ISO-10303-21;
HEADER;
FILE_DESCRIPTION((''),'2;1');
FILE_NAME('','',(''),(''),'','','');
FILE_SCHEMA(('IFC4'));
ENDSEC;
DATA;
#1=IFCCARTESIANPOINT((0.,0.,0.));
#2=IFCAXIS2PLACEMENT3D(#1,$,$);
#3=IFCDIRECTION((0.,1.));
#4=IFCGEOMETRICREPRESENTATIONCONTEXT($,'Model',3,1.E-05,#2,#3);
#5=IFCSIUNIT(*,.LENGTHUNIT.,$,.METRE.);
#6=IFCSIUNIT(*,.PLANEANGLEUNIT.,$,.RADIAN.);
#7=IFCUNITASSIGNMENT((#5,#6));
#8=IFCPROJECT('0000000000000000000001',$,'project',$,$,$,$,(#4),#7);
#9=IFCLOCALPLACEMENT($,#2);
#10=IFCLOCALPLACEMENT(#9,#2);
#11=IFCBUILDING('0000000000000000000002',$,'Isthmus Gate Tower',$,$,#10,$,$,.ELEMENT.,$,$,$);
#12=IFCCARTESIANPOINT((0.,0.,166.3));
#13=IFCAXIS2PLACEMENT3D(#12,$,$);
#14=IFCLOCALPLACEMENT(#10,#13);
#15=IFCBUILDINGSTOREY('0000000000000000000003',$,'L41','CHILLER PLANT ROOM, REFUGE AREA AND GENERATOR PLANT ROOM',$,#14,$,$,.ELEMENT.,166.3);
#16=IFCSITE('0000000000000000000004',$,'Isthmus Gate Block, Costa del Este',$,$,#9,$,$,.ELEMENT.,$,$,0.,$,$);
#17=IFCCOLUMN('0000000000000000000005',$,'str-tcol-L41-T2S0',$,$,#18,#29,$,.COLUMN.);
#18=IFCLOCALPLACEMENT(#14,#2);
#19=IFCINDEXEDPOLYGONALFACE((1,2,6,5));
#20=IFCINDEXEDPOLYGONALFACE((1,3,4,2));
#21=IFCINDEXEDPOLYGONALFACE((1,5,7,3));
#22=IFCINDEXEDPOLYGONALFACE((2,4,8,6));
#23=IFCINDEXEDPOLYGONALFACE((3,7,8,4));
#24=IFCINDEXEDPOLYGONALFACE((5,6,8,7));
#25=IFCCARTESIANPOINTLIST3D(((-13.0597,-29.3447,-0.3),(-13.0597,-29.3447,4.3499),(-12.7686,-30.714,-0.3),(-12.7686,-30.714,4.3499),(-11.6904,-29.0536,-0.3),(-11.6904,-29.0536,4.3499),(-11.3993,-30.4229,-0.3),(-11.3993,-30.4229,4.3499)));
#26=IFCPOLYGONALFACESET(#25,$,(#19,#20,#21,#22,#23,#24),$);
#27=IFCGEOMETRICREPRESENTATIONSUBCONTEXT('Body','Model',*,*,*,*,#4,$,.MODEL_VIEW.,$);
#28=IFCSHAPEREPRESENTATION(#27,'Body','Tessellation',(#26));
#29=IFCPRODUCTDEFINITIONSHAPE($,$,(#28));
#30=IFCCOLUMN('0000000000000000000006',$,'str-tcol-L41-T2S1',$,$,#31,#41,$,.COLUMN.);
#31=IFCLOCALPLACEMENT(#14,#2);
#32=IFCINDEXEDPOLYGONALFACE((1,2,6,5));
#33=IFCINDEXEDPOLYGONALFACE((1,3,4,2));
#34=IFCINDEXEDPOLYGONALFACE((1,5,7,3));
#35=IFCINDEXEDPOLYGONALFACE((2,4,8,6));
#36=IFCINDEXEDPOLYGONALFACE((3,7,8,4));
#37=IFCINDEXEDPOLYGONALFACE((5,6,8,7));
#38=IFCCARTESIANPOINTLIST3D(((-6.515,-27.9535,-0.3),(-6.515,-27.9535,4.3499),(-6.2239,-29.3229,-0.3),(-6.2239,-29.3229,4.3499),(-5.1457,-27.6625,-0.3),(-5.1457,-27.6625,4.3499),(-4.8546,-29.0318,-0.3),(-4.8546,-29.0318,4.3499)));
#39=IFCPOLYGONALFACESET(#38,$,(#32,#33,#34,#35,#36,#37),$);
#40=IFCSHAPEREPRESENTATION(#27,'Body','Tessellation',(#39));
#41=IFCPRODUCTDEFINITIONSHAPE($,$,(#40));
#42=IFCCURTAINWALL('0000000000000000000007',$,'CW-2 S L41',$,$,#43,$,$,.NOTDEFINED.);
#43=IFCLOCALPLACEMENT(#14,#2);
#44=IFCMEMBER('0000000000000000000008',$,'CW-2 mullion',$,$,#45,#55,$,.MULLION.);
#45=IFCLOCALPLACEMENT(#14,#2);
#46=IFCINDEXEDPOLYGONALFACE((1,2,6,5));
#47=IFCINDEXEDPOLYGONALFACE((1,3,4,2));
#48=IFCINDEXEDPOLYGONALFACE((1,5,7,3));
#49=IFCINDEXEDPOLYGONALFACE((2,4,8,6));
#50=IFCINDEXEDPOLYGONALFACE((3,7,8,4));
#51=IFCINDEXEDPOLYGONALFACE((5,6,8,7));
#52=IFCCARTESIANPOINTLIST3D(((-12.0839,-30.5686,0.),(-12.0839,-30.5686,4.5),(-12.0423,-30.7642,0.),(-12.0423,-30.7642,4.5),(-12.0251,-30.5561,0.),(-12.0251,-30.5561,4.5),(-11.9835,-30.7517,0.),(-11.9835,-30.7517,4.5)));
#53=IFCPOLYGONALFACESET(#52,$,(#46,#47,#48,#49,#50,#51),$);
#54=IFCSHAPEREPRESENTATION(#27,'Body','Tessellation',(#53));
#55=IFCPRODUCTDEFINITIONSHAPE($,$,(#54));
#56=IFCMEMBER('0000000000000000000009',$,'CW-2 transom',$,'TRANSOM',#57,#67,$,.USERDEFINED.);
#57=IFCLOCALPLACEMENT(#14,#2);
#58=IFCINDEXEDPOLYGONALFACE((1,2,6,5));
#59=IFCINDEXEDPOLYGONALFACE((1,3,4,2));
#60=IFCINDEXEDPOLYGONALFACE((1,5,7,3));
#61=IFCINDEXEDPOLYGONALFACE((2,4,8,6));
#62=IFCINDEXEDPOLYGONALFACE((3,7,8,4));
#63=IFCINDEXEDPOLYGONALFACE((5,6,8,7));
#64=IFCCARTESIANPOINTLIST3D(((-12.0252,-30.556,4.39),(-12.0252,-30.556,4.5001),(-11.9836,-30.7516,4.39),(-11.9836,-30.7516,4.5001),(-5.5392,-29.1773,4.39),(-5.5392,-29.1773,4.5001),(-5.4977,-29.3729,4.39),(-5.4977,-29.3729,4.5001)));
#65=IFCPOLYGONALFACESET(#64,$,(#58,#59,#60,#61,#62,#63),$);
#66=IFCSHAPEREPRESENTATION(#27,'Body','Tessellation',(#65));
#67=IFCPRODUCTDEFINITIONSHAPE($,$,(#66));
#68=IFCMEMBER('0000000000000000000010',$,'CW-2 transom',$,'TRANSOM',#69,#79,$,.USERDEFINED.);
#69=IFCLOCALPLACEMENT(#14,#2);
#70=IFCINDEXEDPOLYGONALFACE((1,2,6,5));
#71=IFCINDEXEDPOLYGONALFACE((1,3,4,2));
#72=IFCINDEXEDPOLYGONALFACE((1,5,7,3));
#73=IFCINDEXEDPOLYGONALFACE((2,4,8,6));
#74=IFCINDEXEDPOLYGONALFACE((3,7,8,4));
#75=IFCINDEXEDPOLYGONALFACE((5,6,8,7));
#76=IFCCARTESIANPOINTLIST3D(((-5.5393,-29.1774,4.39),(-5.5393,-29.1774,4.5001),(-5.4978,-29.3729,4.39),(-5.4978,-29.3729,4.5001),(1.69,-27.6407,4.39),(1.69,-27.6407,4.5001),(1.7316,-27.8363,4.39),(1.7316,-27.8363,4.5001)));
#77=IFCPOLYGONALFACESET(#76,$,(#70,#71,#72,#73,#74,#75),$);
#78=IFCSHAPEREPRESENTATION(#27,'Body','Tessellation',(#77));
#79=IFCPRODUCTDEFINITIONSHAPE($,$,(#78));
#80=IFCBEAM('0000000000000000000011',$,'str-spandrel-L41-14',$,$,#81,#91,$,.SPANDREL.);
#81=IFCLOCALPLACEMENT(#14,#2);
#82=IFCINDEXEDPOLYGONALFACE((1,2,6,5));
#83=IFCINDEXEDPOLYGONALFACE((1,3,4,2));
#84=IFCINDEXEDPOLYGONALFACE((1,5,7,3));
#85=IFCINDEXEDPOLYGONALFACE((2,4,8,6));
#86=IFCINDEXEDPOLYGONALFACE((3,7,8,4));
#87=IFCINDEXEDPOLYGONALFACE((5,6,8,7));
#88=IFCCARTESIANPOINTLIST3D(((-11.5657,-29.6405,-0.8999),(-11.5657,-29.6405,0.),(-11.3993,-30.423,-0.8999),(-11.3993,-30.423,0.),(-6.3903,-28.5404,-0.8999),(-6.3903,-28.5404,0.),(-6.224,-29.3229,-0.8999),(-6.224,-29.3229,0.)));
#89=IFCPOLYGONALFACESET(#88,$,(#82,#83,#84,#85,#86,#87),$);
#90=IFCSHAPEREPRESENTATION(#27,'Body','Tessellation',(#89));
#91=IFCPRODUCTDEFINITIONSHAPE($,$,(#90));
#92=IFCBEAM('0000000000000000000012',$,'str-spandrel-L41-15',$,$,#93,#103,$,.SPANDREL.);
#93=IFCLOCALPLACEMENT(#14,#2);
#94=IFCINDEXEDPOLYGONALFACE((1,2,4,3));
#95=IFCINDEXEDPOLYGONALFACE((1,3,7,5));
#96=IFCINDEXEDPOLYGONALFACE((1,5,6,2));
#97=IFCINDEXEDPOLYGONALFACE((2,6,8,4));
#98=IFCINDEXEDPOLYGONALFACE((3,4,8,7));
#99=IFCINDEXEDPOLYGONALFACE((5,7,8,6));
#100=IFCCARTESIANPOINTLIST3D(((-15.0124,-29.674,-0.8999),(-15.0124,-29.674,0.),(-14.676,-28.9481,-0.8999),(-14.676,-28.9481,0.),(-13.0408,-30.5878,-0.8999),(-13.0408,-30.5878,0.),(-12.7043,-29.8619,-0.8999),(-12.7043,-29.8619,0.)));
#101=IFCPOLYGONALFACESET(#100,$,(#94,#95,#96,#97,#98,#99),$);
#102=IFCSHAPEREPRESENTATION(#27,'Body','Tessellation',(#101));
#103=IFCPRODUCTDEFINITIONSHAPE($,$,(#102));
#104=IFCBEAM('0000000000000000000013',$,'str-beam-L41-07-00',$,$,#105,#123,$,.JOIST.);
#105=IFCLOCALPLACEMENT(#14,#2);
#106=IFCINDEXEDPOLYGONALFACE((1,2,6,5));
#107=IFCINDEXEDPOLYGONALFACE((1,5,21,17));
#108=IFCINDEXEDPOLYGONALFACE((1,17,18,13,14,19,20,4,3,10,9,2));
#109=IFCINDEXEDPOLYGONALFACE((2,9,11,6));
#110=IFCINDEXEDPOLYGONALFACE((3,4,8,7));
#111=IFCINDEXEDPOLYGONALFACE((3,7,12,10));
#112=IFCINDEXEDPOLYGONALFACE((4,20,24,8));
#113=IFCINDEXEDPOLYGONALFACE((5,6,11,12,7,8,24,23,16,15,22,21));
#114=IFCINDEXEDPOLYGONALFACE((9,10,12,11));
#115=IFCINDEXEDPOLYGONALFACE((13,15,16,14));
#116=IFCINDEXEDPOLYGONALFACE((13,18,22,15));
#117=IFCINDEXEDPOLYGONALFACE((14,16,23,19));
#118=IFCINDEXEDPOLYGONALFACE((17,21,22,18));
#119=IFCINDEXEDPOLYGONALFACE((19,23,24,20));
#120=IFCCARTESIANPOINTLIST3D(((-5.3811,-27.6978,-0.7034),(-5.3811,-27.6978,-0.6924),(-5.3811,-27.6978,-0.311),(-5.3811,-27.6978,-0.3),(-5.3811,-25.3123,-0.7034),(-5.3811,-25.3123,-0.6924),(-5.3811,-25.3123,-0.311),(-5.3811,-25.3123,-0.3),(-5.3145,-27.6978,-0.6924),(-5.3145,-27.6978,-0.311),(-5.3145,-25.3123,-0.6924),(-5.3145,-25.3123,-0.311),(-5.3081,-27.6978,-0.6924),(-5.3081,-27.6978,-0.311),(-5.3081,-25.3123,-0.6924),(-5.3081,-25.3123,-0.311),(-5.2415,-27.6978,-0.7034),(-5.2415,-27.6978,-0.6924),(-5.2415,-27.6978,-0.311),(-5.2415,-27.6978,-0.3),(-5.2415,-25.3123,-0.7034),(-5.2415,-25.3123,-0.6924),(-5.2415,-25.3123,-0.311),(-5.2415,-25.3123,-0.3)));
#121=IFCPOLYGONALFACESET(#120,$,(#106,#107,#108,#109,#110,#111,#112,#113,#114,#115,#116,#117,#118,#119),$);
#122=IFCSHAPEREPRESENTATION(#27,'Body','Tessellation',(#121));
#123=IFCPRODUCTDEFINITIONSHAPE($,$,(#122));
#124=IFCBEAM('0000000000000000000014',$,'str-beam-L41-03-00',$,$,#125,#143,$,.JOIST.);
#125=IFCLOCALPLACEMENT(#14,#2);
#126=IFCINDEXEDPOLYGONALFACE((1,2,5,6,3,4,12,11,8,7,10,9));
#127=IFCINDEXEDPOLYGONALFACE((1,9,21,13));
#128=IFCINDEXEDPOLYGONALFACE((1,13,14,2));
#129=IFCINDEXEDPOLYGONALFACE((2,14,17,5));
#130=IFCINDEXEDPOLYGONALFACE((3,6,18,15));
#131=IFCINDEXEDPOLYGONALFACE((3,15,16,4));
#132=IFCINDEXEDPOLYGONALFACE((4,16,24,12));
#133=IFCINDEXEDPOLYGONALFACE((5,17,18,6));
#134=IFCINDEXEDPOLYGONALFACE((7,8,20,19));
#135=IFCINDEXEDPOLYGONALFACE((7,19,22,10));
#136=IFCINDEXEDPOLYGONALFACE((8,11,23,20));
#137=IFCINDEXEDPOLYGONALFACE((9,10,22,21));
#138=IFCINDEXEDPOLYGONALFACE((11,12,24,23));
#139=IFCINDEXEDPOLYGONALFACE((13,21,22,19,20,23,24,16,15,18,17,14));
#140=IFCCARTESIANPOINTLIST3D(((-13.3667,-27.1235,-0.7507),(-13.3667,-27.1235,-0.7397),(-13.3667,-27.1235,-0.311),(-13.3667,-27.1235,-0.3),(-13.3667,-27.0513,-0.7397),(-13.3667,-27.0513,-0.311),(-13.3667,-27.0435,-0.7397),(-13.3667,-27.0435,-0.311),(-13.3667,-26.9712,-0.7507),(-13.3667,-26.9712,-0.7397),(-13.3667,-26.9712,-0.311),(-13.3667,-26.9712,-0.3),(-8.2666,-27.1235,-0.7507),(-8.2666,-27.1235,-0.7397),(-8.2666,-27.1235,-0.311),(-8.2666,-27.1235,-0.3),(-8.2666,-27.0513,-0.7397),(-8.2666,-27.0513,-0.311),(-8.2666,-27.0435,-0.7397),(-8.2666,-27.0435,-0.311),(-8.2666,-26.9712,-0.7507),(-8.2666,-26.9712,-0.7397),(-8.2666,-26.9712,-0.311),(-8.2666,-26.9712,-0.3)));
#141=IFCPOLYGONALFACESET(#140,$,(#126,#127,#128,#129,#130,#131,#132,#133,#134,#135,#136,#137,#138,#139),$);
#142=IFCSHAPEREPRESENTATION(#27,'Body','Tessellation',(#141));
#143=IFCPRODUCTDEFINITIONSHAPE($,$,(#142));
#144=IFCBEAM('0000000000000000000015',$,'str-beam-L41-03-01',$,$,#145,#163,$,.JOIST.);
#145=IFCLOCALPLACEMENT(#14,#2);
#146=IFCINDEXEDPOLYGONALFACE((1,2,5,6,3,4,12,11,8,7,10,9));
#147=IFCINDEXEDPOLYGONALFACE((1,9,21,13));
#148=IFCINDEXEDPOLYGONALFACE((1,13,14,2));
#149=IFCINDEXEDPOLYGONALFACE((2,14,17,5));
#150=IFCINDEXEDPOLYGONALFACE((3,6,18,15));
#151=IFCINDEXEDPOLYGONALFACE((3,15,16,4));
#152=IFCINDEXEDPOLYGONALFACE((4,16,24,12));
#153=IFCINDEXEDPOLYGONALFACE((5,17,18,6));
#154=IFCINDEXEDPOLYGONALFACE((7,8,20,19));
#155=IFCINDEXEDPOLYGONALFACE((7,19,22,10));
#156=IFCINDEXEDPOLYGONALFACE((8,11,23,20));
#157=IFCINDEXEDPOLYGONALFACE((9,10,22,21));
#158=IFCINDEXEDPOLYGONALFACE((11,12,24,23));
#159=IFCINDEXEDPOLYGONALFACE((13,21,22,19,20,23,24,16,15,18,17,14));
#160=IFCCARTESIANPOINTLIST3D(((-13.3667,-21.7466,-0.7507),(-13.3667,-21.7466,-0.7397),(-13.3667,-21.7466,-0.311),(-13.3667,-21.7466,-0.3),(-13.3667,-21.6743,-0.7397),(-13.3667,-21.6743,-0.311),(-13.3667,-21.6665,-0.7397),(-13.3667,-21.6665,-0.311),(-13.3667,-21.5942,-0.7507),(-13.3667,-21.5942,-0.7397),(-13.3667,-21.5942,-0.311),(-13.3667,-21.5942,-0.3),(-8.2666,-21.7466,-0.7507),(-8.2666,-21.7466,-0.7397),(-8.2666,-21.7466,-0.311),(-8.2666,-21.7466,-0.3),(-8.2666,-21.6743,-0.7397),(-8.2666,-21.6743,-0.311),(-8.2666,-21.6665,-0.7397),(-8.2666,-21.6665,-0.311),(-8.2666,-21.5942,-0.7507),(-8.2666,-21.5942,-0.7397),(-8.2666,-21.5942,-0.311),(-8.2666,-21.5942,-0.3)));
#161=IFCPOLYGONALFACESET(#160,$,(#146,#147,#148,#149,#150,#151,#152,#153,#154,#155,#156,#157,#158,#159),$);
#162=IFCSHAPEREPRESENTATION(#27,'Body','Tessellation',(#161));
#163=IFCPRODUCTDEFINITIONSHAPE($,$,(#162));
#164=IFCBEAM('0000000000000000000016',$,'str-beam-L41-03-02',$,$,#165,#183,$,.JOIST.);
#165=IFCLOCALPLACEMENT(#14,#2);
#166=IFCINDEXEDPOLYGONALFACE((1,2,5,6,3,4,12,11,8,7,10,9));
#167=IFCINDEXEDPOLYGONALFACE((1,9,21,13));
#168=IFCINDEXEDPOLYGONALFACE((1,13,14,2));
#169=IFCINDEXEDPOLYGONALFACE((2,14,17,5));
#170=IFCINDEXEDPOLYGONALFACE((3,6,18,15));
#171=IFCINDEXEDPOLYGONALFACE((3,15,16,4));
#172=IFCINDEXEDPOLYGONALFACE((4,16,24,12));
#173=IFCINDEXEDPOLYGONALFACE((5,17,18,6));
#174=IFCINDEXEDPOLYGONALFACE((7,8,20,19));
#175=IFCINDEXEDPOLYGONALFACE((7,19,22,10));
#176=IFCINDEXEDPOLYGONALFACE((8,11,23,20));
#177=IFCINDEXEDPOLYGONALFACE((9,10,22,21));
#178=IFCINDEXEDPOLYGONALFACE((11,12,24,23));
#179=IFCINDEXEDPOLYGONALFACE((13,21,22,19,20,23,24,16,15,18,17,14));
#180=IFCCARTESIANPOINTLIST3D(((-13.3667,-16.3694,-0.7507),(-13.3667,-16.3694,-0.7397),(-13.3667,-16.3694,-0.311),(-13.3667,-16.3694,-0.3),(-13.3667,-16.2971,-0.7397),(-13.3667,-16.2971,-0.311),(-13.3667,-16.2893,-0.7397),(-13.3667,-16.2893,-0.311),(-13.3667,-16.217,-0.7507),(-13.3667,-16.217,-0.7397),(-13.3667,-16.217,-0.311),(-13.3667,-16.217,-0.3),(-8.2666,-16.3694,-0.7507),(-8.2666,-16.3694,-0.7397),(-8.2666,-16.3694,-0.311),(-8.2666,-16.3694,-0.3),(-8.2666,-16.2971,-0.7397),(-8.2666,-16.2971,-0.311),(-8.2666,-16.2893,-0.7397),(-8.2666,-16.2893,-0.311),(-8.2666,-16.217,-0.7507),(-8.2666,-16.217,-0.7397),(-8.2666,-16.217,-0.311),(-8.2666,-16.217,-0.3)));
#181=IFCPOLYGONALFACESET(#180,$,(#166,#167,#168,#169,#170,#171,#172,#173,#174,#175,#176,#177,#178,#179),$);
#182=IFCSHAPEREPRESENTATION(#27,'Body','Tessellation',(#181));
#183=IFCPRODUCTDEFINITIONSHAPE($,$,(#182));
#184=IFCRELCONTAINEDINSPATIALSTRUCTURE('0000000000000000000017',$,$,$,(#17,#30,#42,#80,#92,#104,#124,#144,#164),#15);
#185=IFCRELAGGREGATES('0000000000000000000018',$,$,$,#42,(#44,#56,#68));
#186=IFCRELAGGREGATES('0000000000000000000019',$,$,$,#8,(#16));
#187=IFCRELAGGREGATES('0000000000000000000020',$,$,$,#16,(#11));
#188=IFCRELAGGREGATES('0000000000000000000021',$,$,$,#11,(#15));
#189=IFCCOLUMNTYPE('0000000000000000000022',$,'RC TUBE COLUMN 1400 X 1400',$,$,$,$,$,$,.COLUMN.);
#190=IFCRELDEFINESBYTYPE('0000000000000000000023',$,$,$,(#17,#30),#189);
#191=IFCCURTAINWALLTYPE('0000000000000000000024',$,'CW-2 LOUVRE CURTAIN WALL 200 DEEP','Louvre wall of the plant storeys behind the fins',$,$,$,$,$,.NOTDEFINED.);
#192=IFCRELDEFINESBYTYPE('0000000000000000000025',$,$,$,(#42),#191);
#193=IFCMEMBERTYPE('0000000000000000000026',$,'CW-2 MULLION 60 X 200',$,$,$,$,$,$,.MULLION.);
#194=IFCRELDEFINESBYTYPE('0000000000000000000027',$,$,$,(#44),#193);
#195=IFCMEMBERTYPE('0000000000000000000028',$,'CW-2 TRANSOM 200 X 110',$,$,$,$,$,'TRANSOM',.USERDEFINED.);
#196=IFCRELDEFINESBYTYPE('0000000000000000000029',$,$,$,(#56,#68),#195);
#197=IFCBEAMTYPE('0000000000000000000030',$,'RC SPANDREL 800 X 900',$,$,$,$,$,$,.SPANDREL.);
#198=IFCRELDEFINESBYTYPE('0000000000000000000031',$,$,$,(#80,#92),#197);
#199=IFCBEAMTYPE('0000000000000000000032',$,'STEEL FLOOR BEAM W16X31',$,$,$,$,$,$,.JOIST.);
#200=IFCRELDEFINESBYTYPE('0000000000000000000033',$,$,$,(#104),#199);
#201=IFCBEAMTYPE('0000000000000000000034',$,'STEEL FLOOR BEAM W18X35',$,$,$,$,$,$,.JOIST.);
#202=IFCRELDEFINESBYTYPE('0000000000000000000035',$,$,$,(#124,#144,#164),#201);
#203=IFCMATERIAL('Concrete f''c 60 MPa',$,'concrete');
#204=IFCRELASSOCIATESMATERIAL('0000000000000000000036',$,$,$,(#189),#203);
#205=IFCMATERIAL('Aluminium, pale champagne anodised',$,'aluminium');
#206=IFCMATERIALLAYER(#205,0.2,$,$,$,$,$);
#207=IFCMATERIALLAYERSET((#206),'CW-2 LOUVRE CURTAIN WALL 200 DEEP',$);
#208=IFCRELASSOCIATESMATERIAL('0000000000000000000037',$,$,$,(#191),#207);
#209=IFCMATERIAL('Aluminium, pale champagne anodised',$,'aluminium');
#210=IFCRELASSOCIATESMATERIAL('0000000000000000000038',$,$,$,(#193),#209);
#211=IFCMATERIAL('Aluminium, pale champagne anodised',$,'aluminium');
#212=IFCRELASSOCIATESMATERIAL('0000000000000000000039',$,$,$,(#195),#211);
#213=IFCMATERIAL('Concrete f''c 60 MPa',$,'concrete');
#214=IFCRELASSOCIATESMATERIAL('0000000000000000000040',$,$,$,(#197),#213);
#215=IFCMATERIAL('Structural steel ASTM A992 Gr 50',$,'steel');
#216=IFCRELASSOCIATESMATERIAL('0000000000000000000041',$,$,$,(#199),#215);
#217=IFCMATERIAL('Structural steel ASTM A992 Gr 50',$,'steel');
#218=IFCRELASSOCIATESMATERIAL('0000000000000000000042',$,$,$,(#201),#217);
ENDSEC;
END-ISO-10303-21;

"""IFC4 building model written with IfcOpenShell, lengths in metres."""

from ifc_helpers import new_model, si_unit, direction, frame, origin, origin_2d, place, context, subcontext, project, spatial, rectangle, i_section, extrude, material, layer, layer_set, material_profile, profile_set, type_object, element, aggregate, save


model = new_model("IFC4")

# Units and contexts
model_context = context("Model", 3, precision=1e-05, world=origin(), true_north=direction((0.0, 1.0)))
body_context = subcontext(model_context, "Body", "Model", "MODEL_VIEW")
ifc_project = project(units=[si_unit("LENGTHUNIT", "METRE"), si_unit("PLANEANGLEUNIT", "RADIAN")], contexts=[model_context])

# Site, building, storey
site_placement = place(None, origin())
site = spatial("IfcSite", under=ifc_project, at=site_placement, Name="Isthmus Gate Block, Costa del Este", CompositionType="ELEMENT", RefElevation=0.0)
building_placement = place(site_placement, origin())
building = spatial("IfcBuilding", under=site, at=building_placement, Name="Isthmus Gate Tower", CompositionType="ELEMENT")
storey_placement = place(building_placement, frame((0.0, 0.0, 166.3)))
storey = spatial("IfcBuildingStorey", under=building, at=storey_placement, Name="L41", Description="CHILLER PLANT ROOM, REFUGE AREA AND GENERATOR PLANT ROOM", CompositionType="ELEMENT", Elevation=166.3)

# Columns
ifc_material_1 = material(Name="Concrete f'c 60 MPa", Category="concrete")
ifc_material_profile_1 = material_profile(ifc_material_1, rectangle(XDim=1.3999, YDim=1.3999, at=origin_2d()), Name="RC 1400X1400")
ifc_profile_set_1 = profile_set([ifc_material_profile_1], Name="Concrete f'c 60 MPa")
column_type = type_object("IfcColumnType", Name="RC TUBE COLUMN 1400 X 1400", PredefinedType="COLUMN", material=ifc_profile_set_1)
for number, where, z_axis, x_axis, name in (
    (1, (-12.2295, -29.8838, -0.3), (0.0, 0.0, 1.0), (0.978148, 0.207912, 0.0), "str-tcol-L41-T2S0"),
    (2, (-5.6848, -28.4927, -0.3), (0.0, 0.0, 1.0), (0.978148, 0.207912, 0.0), "str-tcol-L41-T2S1"),
):
    element("IfcColumn", number, at=place(storey_placement, frame(where, z_axis=z_axis, x_axis=x_axis)), inside=storey, type_object=column_type, Name=name, PredefinedType="COLUMN", context=body_context, shape_type="SweptSolid", body=[
        extrude(rectangle(XDim=1.3999, YDim=1.3999, at=origin_2d()), origin(), (0.0, 0.0, 1.0), 4.6499),
    ])

# Curtain wall, members
ifc_material_2 = material(Name="Aluminium, pale champagne anodised", Category="aluminium")
ifc_layer_1 = layer(ifc_material_2, 0.2)
ifc_layer_set_1 = layer_set([ifc_layer_1], Name="CW-2 LOUVRE CURTAIN WALL 200 DEEP")
curtain_wall_type = type_object("IfcCurtainWallType", Name="CW-2 LOUVRE CURTAIN WALL 200 DEEP", Description="Louvre wall of the plant storeys behind the fins", PredefinedType="NOTDEFINED", material=ifc_layer_set_1)
curtain_wall_1_placement = place(storey_placement, origin())
curtain_wall_1 = element("IfcCurtainWall", 3, at=curtain_wall_1_placement, inside=storey, type_object=curtain_wall_type, Name="CW-2 S L41", PredefinedType="NOTDEFINED")
ifc_material_3 = material(Name="Aluminium, pale champagne anodised", Category="aluminium")
ifc_material_profile_2 = material_profile(ifc_material_3, rectangle(XDim=0.0601, YDim=0.2, at=origin_2d()), Name="60x200")
ifc_profile_set_2 = profile_set([ifc_material_profile_2], Name="Aluminium, pale champagne anodised")
member_type_1 = type_object("IfcMemberType", Name="CW-2 MULLION 60 X 200", PredefinedType="MULLION", material=ifc_profile_set_2)
member_1_placement = place(storey_placement, frame((-12.0337, -30.6602, 0.0), z_axis=(0.0, 0.0, 1.0), x_axis=(0.978148, 0.207912, 0.0)))
member_1 = element("IfcMember", 4, at=member_1_placement, type_object=member_type_1, Name="CW-2 mullion", PredefinedType="MULLION", context=body_context, shape_type="SweptSolid", body=[
    extrude(rectangle(XDim=0.0601, YDim=0.2, at=origin_2d()), origin(), (0.0, 0.0, 1.0), 4.5),
])
ifc_material_4 = material(Name="Aluminium, pale champagne anodised", Category="aluminium")
ifc_material_profile_3 = material_profile(ifc_material_4, rectangle(XDim=0.2, YDim=0.1101, at=origin_2d()), Name="200x110")
ifc_profile_set_3 = profile_set([ifc_material_profile_3], Name="Aluminium, pale champagne anodised")
member_type_2 = type_object("IfcMemberType", Name="CW-2 TRANSOM 200 X 110", ElementType="TRANSOM", PredefinedType="USERDEFINED", material=ifc_profile_set_3)
member_2_placement = place(storey_placement, frame((-12.0044, -30.6538, 4.4451), z_axis=(0.978146, 0.20792, 0.0), x_axis=(-0.20792, 0.978146, 0.0)))
member_2 = element("IfcMember", 5, at=member_2_placement, type_object=member_type_2, Name="CW-2 transom", ObjectType="TRANSOM", PredefinedType="USERDEFINED", context=body_context, shape_type="SweptSolid", body=[
    extrude(rectangle(XDim=0.2, YDim=0.1101, at=origin_2d()), origin(), (0.0, 0.0, 1.0), 6.6309),
])
member_3_placement = place(storey_placement, frame((-5.5186, -29.2751, 4.4451), z_axis=(0.978148, 0.207911, 0.0), x_axis=(-0.207911, 0.978148, 0.0)))
member_3 = element("IfcMember", 6, at=member_3_placement, type_object=member_type_2, Name="CW-2 transom", ObjectType="TRANSOM", PredefinedType="USERDEFINED", context=body_context, shape_type="SweptSolid", body=[
    extrude(rectangle(XDim=0.2, YDim=0.1101, at=origin_2d()), origin(), (0.0, 0.0, 1.0), 7.3909),
])

# Beams
ifc_material_5 = material(Name="Concrete f'c 60 MPa", Category="concrete")
ifc_material_profile_4 = material_profile(ifc_material_5, rectangle(XDim=0.8, YDim=0.8999, at=origin_2d()), Name="RC 800X900")
ifc_profile_set_4 = profile_set([ifc_material_profile_4], Name="Concrete f'c 60 MPa")
beam_type_1 = type_object("IfcBeamType", Name="RC SPANDREL 800 X 900", PredefinedType="SPANDREL", material=ifc_profile_set_4)
beam_1_placement = place(storey_placement, frame((-6.3071, -28.9316, -0.45), z_axis=(-0.978145, -0.207922, 0.0), x_axis=(0.207922, -0.978145, 0.0)))
element("IfcBeam", 7, at=beam_1_placement, inside=storey, type_object=beam_type_1, Name="str-spandrel-L41-14", PredefinedType="SPANDREL", context=body_context, shape_type="SweptSolid", body=[
    extrude(rectangle(XDim=0.8, YDim=0.8999, at=origin_2d()), origin(), (0.0, 0.0, 1.0), 5.291),
])
beam_2_placement = place(storey_placement, frame((-12.8726, -30.2249, -0.45), z_axis=(-0.907291, 0.420504, 0.0), x_axis=(-0.420504, -0.907291, 0.0)))
element("IfcBeam", 8, at=beam_2_placement, inside=storey, type_object=beam_type_1, Name="str-spandrel-L41-15", PredefinedType="SPANDREL", context=body_context, shape_type="SweptSolid", body=[
    extrude(rectangle(XDim=0.8, YDim=0.8999, at=origin_2d()), origin(), (0.0, 0.0, 1.0), 2.1731),
])
ifc_material_6 = material(Name="Structural steel ASTM A992 Gr 50", Category="steel")
ifc_material_profile_5 = material_profile(ifc_material_6, i_section(OverallWidth=0.1396, OverallDepth=0.4033, WebThickness=0.0063, FlangeThickness=0.011, at=origin_2d()), Name="W16X31")
ifc_profile_set_5 = profile_set([ifc_material_profile_5], Name="Structural steel ASTM A992 Gr 50")
beam_type_2 = type_object("IfcBeamType", Name="STEEL FLOOR BEAM W16X31", PredefinedType="JOIST", material=ifc_profile_set_5)
beam_3_placement = place(storey_placement, frame((-5.3113, -27.6978, -0.5017), z_axis=(0.0, 1.0, 0.0), x_axis=(-1.0, 0.0, 0.0)))
element("IfcBeam", 9, at=beam_3_placement, inside=storey, type_object=beam_type_2, Name="str-beam-L41-07-00", PredefinedType="JOIST", context=body_context, shape_type="SweptSolid", body=[
    extrude(i_section(OverallWidth=0.1396, OverallDepth=0.4033, WebThickness=0.0063, FlangeThickness=0.011, at=origin_2d()), origin(), (0.0, 0.0, 1.0), 2.3855),
])
ifc_material_7 = material(Name="Structural steel ASTM A992 Gr 50", Category="steel")
ifc_material_profile_6 = material_profile(ifc_material_7, i_section(OverallWidth=0.1523, OverallDepth=0.4507, WebThickness=0.0078, FlangeThickness=0.011, at=origin_2d()), Name="W18X35")
ifc_profile_set_6 = profile_set([ifc_material_profile_6], Name="Structural steel ASTM A992 Gr 50")
beam_type_3 = type_object("IfcBeamType", Name="STEEL FLOOR BEAM W18X35", PredefinedType="JOIST", material=ifc_profile_set_6)
for number, where, z_axis, x_axis, name in (
    (10, (-13.3667, -27.0474, -0.5254), (1.0, 0.0, 0.0), (0.0, 1.0, 0.0), "str-beam-L41-03-00"),
    (11, (-13.3667, -21.6704, -0.5254), (1.0, 0.0, 0.0), (0.0, 1.0, 0.0), "str-beam-L41-03-01"),
    (12, (-13.3667, -16.2932, -0.5254), (1.0, 0.0, 0.0), (0.0, 1.0, 0.0), "str-beam-L41-03-02"),
):
    element("IfcBeam", number, at=place(storey_placement, frame(where, z_axis=z_axis, x_axis=x_axis)), inside=storey, type_object=beam_type_3, Name=name, PredefinedType="JOIST", context=body_context, shape_type="SweptSolid", body=[
        extrude(i_section(OverallWidth=0.1523, OverallDepth=0.4507, WebThickness=0.0078, FlangeThickness=0.011, at=origin_2d()), origin(), (0.0, 0.0, 1.0), 5.1001),
    ])

aggregate(curtain_wall_1, [member_1, member_2, member_3])

save(model, "model.ifc")
